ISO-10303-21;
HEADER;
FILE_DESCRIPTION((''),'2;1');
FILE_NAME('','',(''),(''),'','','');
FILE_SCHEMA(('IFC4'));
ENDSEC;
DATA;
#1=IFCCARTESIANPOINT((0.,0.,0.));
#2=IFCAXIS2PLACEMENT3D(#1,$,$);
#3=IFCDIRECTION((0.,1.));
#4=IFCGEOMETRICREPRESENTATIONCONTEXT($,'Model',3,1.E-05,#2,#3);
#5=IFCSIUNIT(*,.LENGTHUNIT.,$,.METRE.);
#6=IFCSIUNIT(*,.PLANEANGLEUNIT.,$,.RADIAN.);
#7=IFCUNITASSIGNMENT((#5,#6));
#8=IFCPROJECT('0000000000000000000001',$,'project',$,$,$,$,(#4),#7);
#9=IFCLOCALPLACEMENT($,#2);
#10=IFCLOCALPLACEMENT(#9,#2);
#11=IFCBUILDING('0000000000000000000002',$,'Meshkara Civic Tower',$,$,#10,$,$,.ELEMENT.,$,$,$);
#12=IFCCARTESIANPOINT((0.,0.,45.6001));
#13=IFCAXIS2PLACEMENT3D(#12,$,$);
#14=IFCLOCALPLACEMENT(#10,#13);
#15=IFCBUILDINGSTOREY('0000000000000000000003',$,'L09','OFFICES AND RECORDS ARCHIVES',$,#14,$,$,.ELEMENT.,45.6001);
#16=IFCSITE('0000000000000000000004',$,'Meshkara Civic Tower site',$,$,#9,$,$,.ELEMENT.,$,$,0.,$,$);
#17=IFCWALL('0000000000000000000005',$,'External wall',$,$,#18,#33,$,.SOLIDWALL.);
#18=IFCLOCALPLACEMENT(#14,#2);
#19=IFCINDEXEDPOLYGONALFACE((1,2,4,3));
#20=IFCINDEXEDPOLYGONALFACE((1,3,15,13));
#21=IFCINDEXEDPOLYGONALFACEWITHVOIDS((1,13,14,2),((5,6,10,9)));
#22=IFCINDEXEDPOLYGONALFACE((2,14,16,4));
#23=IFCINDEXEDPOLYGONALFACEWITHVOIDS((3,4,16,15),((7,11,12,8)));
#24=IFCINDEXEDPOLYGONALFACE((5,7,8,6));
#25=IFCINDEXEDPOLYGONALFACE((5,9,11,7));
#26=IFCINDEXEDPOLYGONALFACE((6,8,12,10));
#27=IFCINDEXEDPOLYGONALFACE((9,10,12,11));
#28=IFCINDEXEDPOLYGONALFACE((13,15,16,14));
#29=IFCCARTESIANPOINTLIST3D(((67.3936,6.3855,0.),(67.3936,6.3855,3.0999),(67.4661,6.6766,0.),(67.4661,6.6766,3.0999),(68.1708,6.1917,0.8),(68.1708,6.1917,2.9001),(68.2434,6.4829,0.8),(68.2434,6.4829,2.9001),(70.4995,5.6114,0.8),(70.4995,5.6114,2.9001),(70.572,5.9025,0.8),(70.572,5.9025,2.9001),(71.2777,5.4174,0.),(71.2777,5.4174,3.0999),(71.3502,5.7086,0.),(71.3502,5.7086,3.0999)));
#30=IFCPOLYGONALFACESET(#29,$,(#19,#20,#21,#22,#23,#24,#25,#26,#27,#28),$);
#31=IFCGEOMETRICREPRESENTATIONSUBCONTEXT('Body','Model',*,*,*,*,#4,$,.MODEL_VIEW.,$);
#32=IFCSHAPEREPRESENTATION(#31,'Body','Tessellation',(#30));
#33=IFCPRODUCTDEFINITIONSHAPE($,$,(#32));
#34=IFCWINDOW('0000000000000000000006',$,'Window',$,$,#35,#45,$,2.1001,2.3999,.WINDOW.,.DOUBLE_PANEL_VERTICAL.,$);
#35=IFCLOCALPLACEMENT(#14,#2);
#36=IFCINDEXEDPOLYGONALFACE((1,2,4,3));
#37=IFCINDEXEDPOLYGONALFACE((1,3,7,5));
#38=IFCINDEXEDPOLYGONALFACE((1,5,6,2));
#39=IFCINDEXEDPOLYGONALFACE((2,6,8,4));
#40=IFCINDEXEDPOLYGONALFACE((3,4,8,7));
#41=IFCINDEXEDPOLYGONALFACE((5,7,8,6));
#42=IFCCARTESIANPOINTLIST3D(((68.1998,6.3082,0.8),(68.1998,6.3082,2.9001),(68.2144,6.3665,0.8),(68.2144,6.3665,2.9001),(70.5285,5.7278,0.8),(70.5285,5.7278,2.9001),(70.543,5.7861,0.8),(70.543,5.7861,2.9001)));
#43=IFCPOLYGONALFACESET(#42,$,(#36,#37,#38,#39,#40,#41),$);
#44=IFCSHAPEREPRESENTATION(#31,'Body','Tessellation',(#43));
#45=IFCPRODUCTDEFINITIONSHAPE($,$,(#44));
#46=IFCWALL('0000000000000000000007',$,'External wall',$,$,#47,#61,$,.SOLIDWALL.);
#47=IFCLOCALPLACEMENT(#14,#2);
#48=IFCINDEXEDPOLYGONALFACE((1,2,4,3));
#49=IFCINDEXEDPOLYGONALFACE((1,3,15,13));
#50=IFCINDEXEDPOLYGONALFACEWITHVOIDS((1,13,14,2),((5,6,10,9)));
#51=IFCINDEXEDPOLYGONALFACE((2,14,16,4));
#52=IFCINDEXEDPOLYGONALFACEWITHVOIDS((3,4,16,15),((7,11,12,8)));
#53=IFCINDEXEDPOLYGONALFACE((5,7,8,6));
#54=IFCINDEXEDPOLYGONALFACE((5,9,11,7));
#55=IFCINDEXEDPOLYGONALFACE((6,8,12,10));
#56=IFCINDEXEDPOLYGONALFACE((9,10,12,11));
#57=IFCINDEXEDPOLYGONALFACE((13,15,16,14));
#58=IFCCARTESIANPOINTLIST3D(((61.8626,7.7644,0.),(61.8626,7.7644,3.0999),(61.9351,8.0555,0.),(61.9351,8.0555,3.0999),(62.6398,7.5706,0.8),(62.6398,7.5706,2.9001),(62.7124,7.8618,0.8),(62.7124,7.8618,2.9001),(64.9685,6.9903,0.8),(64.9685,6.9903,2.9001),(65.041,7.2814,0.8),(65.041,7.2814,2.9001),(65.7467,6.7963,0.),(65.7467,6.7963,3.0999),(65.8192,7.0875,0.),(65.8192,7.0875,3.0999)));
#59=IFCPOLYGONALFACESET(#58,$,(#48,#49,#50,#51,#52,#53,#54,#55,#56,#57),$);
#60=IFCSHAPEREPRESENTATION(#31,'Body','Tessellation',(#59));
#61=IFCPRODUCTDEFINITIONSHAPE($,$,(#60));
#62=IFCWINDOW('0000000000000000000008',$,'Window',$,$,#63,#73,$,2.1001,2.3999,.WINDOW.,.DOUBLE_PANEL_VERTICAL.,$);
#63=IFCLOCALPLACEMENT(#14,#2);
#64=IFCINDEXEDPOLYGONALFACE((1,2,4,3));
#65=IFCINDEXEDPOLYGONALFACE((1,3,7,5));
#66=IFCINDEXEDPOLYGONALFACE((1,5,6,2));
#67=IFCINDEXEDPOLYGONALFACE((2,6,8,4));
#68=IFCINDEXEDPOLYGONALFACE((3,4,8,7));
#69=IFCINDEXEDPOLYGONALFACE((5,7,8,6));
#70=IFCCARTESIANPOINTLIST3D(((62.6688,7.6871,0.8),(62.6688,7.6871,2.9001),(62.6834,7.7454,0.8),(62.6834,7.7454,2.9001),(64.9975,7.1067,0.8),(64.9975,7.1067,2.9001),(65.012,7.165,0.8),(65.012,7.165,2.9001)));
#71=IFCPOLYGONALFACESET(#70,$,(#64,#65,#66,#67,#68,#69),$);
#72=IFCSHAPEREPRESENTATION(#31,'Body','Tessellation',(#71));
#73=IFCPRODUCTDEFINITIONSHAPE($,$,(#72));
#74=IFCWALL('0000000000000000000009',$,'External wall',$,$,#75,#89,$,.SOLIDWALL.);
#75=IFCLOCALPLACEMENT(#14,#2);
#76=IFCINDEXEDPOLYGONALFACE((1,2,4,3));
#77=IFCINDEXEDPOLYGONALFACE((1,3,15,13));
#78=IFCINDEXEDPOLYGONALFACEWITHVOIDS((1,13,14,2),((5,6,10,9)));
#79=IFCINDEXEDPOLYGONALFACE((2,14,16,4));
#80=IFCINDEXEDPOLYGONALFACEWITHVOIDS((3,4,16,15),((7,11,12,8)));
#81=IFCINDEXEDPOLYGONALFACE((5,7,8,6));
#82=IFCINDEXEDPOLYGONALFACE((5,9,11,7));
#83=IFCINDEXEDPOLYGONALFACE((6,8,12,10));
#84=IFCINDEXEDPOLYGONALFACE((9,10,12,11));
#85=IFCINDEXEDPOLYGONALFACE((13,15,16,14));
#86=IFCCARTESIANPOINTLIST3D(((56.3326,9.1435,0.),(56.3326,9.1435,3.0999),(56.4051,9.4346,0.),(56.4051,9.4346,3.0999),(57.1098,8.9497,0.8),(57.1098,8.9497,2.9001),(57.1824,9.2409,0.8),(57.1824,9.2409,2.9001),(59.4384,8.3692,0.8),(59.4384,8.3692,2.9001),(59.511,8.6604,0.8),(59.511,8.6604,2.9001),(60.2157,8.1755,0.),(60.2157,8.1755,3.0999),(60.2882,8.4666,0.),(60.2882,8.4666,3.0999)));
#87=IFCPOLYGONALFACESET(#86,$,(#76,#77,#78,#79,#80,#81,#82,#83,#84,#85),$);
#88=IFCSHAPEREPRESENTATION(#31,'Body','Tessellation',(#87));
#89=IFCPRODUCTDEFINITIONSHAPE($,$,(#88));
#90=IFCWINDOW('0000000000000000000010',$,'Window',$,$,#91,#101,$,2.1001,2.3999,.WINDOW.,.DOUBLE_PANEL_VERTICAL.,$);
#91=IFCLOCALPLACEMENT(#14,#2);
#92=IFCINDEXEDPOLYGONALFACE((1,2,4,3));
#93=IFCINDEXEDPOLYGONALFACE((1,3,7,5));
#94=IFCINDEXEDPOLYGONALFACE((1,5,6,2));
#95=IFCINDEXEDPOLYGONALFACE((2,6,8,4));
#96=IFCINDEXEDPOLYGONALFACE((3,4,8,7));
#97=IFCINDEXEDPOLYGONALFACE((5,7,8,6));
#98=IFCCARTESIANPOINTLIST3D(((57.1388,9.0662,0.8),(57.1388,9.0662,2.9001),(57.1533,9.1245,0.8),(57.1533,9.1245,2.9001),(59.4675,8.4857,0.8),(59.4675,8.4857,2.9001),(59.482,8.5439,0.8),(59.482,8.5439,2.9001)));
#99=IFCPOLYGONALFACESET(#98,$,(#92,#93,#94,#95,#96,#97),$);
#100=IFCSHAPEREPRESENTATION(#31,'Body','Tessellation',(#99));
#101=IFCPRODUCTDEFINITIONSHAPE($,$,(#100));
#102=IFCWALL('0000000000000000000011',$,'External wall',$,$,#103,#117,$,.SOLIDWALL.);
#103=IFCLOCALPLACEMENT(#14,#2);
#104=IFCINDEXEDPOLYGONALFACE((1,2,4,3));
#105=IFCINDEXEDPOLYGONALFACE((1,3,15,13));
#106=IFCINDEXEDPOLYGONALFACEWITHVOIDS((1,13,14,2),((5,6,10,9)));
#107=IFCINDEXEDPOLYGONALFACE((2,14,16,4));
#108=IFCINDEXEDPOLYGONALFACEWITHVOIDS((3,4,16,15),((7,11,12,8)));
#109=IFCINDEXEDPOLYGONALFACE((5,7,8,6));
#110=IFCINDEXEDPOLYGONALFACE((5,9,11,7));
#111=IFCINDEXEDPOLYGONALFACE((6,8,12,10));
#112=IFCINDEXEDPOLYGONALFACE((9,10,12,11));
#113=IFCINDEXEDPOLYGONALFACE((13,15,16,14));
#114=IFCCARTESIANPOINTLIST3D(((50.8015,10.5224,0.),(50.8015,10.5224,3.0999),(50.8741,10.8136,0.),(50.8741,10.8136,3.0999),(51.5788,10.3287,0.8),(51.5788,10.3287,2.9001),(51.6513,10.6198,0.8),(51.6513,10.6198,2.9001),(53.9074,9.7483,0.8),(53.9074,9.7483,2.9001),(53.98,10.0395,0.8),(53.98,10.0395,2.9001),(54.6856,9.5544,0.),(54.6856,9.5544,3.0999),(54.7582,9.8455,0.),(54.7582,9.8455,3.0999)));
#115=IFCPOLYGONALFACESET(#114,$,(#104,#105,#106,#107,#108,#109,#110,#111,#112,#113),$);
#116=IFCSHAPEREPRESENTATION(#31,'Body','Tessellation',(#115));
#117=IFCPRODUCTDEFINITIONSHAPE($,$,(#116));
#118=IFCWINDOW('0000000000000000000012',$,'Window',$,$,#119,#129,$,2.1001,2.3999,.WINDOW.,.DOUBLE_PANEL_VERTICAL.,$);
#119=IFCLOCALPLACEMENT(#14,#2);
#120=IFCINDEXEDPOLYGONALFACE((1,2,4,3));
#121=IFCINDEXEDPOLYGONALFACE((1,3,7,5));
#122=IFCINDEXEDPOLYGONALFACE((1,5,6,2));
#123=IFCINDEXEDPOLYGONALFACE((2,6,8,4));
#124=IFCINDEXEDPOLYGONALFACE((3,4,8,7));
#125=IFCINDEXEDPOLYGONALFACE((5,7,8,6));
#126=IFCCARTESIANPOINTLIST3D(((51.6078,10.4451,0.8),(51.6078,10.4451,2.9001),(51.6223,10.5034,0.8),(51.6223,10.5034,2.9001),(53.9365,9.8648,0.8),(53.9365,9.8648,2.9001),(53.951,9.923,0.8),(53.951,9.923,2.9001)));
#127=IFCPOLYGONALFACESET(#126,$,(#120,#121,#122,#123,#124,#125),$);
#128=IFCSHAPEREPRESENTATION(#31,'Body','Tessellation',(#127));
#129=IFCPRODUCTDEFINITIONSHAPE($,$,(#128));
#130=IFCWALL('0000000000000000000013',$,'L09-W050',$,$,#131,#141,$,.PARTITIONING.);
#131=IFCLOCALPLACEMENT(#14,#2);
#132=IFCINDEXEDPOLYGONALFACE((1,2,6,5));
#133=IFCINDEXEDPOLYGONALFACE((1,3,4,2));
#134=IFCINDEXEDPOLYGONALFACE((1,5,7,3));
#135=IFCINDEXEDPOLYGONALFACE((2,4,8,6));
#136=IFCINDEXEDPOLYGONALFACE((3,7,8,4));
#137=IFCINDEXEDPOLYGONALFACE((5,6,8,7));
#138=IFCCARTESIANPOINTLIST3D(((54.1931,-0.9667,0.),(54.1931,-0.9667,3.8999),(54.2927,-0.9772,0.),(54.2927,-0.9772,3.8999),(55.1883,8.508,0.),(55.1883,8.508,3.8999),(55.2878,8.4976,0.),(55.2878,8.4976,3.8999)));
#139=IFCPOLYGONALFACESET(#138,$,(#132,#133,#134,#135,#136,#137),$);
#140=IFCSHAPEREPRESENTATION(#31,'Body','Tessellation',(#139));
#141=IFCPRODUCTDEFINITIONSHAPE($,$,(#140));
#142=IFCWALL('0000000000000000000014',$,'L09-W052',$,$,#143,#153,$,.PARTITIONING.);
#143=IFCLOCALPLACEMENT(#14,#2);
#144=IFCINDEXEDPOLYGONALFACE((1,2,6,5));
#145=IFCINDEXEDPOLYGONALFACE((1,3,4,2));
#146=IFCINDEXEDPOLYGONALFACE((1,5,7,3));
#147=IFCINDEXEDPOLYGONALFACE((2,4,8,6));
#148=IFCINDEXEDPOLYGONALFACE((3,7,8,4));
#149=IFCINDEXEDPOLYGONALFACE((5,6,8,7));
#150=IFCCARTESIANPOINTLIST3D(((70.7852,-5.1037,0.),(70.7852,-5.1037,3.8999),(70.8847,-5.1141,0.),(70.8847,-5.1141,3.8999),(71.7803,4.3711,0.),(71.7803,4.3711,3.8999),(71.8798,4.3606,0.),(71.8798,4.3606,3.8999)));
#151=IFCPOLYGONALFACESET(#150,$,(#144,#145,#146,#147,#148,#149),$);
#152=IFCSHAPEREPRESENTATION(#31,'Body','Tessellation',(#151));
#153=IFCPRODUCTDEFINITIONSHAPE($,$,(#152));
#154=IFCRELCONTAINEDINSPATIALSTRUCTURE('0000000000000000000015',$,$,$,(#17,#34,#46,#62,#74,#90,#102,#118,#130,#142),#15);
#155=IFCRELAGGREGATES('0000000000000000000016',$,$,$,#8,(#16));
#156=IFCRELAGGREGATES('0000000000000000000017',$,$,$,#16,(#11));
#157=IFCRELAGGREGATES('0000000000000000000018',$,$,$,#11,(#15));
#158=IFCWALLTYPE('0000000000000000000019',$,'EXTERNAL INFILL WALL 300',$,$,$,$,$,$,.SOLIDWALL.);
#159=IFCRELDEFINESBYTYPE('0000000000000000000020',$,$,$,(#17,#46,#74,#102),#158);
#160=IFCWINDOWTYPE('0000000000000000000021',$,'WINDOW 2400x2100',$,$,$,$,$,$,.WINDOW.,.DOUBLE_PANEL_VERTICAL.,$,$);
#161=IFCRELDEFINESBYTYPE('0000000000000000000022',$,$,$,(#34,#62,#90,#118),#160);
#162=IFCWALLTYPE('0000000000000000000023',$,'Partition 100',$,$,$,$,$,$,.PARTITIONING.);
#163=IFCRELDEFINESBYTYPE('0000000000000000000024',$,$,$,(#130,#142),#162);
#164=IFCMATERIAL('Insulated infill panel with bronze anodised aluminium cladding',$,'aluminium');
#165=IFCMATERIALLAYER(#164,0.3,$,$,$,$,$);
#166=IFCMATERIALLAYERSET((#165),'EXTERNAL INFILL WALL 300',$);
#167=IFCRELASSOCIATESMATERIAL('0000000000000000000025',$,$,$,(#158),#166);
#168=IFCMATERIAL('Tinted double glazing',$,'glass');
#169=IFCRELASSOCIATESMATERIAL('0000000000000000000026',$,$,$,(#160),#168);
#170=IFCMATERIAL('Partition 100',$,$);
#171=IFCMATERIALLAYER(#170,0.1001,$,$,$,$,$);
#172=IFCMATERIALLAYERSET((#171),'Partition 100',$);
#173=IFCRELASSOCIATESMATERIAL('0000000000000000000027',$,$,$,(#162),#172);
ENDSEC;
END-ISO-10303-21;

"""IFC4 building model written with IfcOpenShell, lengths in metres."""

from ifc_helpers import new_model, si_unit, direction, frame, frame_2d, origin, place, context, subcontext, project, spatial, rectangle, extrude, material, layer, layer_set, type_object, element, fill, save


model = new_model("IFC4")

# Units and contexts
model_context = context("Model", 3, precision=1e-05, world=origin(), true_north=direction((0.0, 1.0)))
body_context = subcontext(model_context, "Body", "Model", "MODEL_VIEW")
ifc_project = project(units=[si_unit("LENGTHUNIT", "METRE"), si_unit("PLANEANGLEUNIT", "RADIAN")], contexts=[model_context])

# Site, building, storey
site_placement = place(None, origin())
site = spatial("IfcSite", under=ifc_project, at=site_placement, Name="Meshkara Civic Tower site", CompositionType="ELEMENT", RefElevation=0.0)
building_placement = place(site_placement, origin())
building = spatial("IfcBuilding", under=site, at=building_placement, Name="Meshkara Civic Tower", CompositionType="ELEMENT")
storey_placement = place(building_placement, frame((0.0, 0.0, 45.6001)))
storey = spatial("IfcBuildingStorey", under=building, at=storey_placement, Name="L09", Description="OFFICES AND RECORDS ARCHIVES", CompositionType="ELEMENT", Elevation=45.6001)

# Walls, openings, windows
ifc_material_1 = material(Name="Insulated infill panel with bronze anodised aluminium cladding", Category="aluminium")
ifc_layer_1 = layer(ifc_material_1, 0.3)
ifc_layer_set_1 = layer_set([ifc_layer_1], Name="EXTERNAL INFILL WALL 300")
wall_type_1 = type_object("IfcWallType", Name="EXTERNAL INFILL WALL 300", PredefinedType="SOLIDWALL", material=ifc_layer_set_1)
wall_1_placement = place(storey_placement, frame((71.314, 5.563, 0.0), z_axis=(0.0, 0.0, 1.0), x_axis=(-0.970318, 0.241832, 0.0)))
wall_1 = element("IfcWall", 1, at=wall_1_placement, inside=storey, type_object=wall_type_1, Name="External wall", PredefinedType="SOLIDWALL", context=body_context, shape_type="SweptSolid", body=[
    extrude(rectangle(XDim=4.0029, YDim=0.3, at=frame_2d((2.0015, 0.0))), origin(), (0.0, 0.0, 1.0), 3.0999),
])
opening_1_placement = place(wall_1_placement, frame((0.802, 0.0, 0.8)))
opening_1 = element("IfcOpeningElement", 2, at=opening_1_placement, cuts=wall_1, PredefinedType="OPENING", context=body_context, shape_type="SweptSolid", body=[
    extrude(rectangle(XDim=2.3999, YDim=2.1001, at=frame_2d((1.2, 1.05))), frame((0.0, 0.1599, 0.0), z_axis=(0.0, -1.0, 0.0), x_axis=(1.0, 0.0, 0.0)), (0.0, 0.0, 1.0), 0.3201),
])
ifc_material_2 = material(Name="Tinted double glazing", Category="glass")
window_type = type_object("IfcWindowType", Name="WINDOW 2400x2100", PartitioningType="DOUBLE_PANEL_VERTICAL", PredefinedType="WINDOW", material=ifc_material_2)
window_1_placement = place(opening_1_placement, origin())
window_1 = element("IfcWindow", 3, at=window_1_placement, inside=storey, type_object=window_type, Name="Window", OverallHeight=2.1001, OverallWidth=2.3999, PartitioningType="DOUBLE_PANEL_VERTICAL", PredefinedType="WINDOW", context=body_context, shape_type="SweptSolid", body=[
    extrude(rectangle(XDim=2.3999, YDim=2.1001, at=frame_2d((1.2, 1.05))), frame((0.0, 0.03, 0.0), z_axis=(0.0, -1.0, 0.0), x_axis=(1.0, 0.0, 0.0)), (0.0, 0.0, 1.0), 0.0601),
])
fill(opening_1, window_1)
wall_2_placement = place(storey_placement, frame((65.783, 6.9419, 0.0), z_axis=(0.0, 0.0, 1.0), x_axis=(-0.970318, 0.241832, 0.0)))
wall_2 = element("IfcWall", 4, at=wall_2_placement, inside=storey, type_object=wall_type_1, Name="External wall", PredefinedType="SOLIDWALL", context=body_context, shape_type="SweptSolid", body=[
    extrude(rectangle(XDim=4.0029, YDim=0.3, at=frame_2d((2.0015, 0.0))), origin(), (0.0, 0.0, 1.0), 3.0999),
])
opening_2_placement = place(wall_2_placement, frame((0.802, 0.0, 0.8)))
opening_2 = element("IfcOpeningElement", 5, at=opening_2_placement, cuts=wall_2, PredefinedType="OPENING", context=body_context, shape_type="SweptSolid", body=[
    extrude(rectangle(XDim=2.3999, YDim=2.1001, at=frame_2d((1.2, 1.05))), frame((0.0, 0.1599, 0.0), z_axis=(0.0, -1.0, 0.0), x_axis=(1.0, 0.0, 0.0)), (0.0, 0.0, 1.0), 0.3201),
])
window_2_placement = place(opening_2_placement, origin())
window_2 = element("IfcWindow", 6, at=window_2_placement, inside=storey, type_object=window_type, Name="Window", OverallHeight=2.1001, OverallWidth=2.3999, PartitioningType="DOUBLE_PANEL_VERTICAL", PredefinedType="WINDOW", context=body_context, shape_type="SweptSolid", body=[
    extrude(rectangle(XDim=2.3999, YDim=2.1001, at=frame_2d((1.2, 1.05))), frame((0.0, 0.03, 0.0), z_axis=(0.0, -1.0, 0.0), x_axis=(1.0, 0.0, 0.0)), (0.0, 0.0, 1.0), 0.0601),
])
fill(opening_2, window_2)
wall_3_placement = place(storey_placement, frame((60.252, 8.321, 0.0), z_axis=(0.0, 0.0, 1.0), x_axis=(-0.970304, 0.24189, 0.0)))
wall_3 = element("IfcWall", 7, at=wall_3_placement, inside=storey, type_object=wall_type_1, Name="External wall", PredefinedType="SOLIDWALL", context=body_context, shape_type="SweptSolid", body=[
    extrude(rectangle(XDim=4.002, YDim=0.3, at=frame_2d((2.001, 0.0))), origin(), (0.0, 0.0, 1.0), 3.0999),
])
opening_3_placement = place(wall_3_placement, frame((0.801, 0.0, 0.8)))
opening_3 = element("IfcOpeningElement", 8, at=opening_3_placement, cuts=wall_3, PredefinedType="OPENING", context=body_context, shape_type="SweptSolid", body=[
    extrude(rectangle(XDim=2.3999, YDim=2.1001, at=frame_2d((1.2, 1.05))), frame((0.0, 0.1599, 0.0), z_axis=(0.0, -1.0, 0.0), x_axis=(1.0, 0.0, 0.0)), (0.0, 0.0, 1.0), 0.3201),
])
window_3_placement = place(opening_3_placement, origin())
window_3 = element("IfcWindow", 9, at=window_3_placement, inside=storey, type_object=window_type, Name="Window", OverallHeight=2.1001, OverallWidth=2.3999, PartitioningType="DOUBLE_PANEL_VERTICAL", PredefinedType="WINDOW", context=body_context, shape_type="SweptSolid", body=[
    extrude(rectangle(XDim=2.3999, YDim=2.1001, at=frame_2d((1.2, 1.05))), frame((0.0, 0.03, 0.0), z_axis=(0.0, -1.0, 0.0), x_axis=(1.0, 0.0, 0.0)), (0.0, 0.0, 1.0), 0.0601),
])
fill(opening_3, window_3)
wall_4_placement = place(storey_placement, frame((54.7219, 9.7, 0.0), z_axis=(0.0, 0.0, 1.0), x_axis=(-0.970318, 0.241832, 0.0)))
wall_4 = element("IfcWall", 10, at=wall_4_placement, inside=storey, type_object=wall_type_1, Name="External wall", PredefinedType="SOLIDWALL", context=body_context, shape_type="SweptSolid", body=[
    extrude(rectangle(XDim=4.0029, YDim=0.3, at=frame_2d((2.0015, 0.0))), origin(), (0.0, 0.0, 1.0), 3.0999),
])
opening_4_placement = place(wall_4_placement, frame((0.802, 0.0, 0.8)))
opening_4 = element("IfcOpeningElement", 11, at=opening_4_placement, cuts=wall_4, PredefinedType="OPENING", context=body_context, shape_type="SweptSolid", body=[
    extrude(rectangle(XDim=2.3999, YDim=2.1001, at=frame_2d((1.2, 1.05))), frame((0.0, 0.1599, 0.0), z_axis=(0.0, -1.0, 0.0), x_axis=(1.0, 0.0, 0.0)), (0.0, 0.0, 1.0), 0.3201),
])
window_4_placement = place(opening_4_placement, origin())
window_4 = element("IfcWindow", 12, at=window_4_placement, inside=storey, type_object=window_type, Name="Window", OverallHeight=2.1001, OverallWidth=2.3999, PartitioningType="DOUBLE_PANEL_VERTICAL", PredefinedType="WINDOW", context=body_context, shape_type="SweptSolid", body=[
    extrude(rectangle(XDim=2.3999, YDim=2.1001, at=frame_2d((1.2, 1.05))), frame((0.0, 0.03, 0.0), z_axis=(0.0, -1.0, 0.0), x_axis=(1.0, 0.0, 0.0)), (0.0, 0.0, 1.0), 0.0601),
])
fill(opening_4, window_4)

# Walls
ifc_material_3 = material(Name="Partition 100")
ifc_layer_2 = layer(ifc_material_3, 0.1001)
ifc_layer_set_2 = layer_set([ifc_layer_2], Name="Partition 100")
wall_type_2 = type_object("IfcWallType", Name="Partition 100", PredefinedType="PARTITIONING", material=ifc_layer_set_2)
for number, where, z_axis, x_axis, name in (
    (13, (54.2429, -0.9719, 0.0), (0.0, 0.0, 1.0), (0.104453, 0.99453, 0.0), "L09-W050"),
    (14, (70.835, -5.1089, 0.0), (0.0, 0.0, 1.0), (0.104453, 0.99453, 0.0), "L09-W052"),
):
    element("IfcWall", number, at=place(storey_placement, frame(where, z_axis=z_axis, x_axis=x_axis)), inside=storey, type_object=wall_type_2, Name=name, PredefinedType="PARTITIONING", context=body_context, shape_type="SweptSolid", body=[
        extrude(rectangle(XDim=9.5269, YDim=0.1001, at=frame_2d((4.7634, 0.0))), origin(), (0.0, 0.0, 1.0), 3.8999),
    ])

save(model, "model.ifc")
